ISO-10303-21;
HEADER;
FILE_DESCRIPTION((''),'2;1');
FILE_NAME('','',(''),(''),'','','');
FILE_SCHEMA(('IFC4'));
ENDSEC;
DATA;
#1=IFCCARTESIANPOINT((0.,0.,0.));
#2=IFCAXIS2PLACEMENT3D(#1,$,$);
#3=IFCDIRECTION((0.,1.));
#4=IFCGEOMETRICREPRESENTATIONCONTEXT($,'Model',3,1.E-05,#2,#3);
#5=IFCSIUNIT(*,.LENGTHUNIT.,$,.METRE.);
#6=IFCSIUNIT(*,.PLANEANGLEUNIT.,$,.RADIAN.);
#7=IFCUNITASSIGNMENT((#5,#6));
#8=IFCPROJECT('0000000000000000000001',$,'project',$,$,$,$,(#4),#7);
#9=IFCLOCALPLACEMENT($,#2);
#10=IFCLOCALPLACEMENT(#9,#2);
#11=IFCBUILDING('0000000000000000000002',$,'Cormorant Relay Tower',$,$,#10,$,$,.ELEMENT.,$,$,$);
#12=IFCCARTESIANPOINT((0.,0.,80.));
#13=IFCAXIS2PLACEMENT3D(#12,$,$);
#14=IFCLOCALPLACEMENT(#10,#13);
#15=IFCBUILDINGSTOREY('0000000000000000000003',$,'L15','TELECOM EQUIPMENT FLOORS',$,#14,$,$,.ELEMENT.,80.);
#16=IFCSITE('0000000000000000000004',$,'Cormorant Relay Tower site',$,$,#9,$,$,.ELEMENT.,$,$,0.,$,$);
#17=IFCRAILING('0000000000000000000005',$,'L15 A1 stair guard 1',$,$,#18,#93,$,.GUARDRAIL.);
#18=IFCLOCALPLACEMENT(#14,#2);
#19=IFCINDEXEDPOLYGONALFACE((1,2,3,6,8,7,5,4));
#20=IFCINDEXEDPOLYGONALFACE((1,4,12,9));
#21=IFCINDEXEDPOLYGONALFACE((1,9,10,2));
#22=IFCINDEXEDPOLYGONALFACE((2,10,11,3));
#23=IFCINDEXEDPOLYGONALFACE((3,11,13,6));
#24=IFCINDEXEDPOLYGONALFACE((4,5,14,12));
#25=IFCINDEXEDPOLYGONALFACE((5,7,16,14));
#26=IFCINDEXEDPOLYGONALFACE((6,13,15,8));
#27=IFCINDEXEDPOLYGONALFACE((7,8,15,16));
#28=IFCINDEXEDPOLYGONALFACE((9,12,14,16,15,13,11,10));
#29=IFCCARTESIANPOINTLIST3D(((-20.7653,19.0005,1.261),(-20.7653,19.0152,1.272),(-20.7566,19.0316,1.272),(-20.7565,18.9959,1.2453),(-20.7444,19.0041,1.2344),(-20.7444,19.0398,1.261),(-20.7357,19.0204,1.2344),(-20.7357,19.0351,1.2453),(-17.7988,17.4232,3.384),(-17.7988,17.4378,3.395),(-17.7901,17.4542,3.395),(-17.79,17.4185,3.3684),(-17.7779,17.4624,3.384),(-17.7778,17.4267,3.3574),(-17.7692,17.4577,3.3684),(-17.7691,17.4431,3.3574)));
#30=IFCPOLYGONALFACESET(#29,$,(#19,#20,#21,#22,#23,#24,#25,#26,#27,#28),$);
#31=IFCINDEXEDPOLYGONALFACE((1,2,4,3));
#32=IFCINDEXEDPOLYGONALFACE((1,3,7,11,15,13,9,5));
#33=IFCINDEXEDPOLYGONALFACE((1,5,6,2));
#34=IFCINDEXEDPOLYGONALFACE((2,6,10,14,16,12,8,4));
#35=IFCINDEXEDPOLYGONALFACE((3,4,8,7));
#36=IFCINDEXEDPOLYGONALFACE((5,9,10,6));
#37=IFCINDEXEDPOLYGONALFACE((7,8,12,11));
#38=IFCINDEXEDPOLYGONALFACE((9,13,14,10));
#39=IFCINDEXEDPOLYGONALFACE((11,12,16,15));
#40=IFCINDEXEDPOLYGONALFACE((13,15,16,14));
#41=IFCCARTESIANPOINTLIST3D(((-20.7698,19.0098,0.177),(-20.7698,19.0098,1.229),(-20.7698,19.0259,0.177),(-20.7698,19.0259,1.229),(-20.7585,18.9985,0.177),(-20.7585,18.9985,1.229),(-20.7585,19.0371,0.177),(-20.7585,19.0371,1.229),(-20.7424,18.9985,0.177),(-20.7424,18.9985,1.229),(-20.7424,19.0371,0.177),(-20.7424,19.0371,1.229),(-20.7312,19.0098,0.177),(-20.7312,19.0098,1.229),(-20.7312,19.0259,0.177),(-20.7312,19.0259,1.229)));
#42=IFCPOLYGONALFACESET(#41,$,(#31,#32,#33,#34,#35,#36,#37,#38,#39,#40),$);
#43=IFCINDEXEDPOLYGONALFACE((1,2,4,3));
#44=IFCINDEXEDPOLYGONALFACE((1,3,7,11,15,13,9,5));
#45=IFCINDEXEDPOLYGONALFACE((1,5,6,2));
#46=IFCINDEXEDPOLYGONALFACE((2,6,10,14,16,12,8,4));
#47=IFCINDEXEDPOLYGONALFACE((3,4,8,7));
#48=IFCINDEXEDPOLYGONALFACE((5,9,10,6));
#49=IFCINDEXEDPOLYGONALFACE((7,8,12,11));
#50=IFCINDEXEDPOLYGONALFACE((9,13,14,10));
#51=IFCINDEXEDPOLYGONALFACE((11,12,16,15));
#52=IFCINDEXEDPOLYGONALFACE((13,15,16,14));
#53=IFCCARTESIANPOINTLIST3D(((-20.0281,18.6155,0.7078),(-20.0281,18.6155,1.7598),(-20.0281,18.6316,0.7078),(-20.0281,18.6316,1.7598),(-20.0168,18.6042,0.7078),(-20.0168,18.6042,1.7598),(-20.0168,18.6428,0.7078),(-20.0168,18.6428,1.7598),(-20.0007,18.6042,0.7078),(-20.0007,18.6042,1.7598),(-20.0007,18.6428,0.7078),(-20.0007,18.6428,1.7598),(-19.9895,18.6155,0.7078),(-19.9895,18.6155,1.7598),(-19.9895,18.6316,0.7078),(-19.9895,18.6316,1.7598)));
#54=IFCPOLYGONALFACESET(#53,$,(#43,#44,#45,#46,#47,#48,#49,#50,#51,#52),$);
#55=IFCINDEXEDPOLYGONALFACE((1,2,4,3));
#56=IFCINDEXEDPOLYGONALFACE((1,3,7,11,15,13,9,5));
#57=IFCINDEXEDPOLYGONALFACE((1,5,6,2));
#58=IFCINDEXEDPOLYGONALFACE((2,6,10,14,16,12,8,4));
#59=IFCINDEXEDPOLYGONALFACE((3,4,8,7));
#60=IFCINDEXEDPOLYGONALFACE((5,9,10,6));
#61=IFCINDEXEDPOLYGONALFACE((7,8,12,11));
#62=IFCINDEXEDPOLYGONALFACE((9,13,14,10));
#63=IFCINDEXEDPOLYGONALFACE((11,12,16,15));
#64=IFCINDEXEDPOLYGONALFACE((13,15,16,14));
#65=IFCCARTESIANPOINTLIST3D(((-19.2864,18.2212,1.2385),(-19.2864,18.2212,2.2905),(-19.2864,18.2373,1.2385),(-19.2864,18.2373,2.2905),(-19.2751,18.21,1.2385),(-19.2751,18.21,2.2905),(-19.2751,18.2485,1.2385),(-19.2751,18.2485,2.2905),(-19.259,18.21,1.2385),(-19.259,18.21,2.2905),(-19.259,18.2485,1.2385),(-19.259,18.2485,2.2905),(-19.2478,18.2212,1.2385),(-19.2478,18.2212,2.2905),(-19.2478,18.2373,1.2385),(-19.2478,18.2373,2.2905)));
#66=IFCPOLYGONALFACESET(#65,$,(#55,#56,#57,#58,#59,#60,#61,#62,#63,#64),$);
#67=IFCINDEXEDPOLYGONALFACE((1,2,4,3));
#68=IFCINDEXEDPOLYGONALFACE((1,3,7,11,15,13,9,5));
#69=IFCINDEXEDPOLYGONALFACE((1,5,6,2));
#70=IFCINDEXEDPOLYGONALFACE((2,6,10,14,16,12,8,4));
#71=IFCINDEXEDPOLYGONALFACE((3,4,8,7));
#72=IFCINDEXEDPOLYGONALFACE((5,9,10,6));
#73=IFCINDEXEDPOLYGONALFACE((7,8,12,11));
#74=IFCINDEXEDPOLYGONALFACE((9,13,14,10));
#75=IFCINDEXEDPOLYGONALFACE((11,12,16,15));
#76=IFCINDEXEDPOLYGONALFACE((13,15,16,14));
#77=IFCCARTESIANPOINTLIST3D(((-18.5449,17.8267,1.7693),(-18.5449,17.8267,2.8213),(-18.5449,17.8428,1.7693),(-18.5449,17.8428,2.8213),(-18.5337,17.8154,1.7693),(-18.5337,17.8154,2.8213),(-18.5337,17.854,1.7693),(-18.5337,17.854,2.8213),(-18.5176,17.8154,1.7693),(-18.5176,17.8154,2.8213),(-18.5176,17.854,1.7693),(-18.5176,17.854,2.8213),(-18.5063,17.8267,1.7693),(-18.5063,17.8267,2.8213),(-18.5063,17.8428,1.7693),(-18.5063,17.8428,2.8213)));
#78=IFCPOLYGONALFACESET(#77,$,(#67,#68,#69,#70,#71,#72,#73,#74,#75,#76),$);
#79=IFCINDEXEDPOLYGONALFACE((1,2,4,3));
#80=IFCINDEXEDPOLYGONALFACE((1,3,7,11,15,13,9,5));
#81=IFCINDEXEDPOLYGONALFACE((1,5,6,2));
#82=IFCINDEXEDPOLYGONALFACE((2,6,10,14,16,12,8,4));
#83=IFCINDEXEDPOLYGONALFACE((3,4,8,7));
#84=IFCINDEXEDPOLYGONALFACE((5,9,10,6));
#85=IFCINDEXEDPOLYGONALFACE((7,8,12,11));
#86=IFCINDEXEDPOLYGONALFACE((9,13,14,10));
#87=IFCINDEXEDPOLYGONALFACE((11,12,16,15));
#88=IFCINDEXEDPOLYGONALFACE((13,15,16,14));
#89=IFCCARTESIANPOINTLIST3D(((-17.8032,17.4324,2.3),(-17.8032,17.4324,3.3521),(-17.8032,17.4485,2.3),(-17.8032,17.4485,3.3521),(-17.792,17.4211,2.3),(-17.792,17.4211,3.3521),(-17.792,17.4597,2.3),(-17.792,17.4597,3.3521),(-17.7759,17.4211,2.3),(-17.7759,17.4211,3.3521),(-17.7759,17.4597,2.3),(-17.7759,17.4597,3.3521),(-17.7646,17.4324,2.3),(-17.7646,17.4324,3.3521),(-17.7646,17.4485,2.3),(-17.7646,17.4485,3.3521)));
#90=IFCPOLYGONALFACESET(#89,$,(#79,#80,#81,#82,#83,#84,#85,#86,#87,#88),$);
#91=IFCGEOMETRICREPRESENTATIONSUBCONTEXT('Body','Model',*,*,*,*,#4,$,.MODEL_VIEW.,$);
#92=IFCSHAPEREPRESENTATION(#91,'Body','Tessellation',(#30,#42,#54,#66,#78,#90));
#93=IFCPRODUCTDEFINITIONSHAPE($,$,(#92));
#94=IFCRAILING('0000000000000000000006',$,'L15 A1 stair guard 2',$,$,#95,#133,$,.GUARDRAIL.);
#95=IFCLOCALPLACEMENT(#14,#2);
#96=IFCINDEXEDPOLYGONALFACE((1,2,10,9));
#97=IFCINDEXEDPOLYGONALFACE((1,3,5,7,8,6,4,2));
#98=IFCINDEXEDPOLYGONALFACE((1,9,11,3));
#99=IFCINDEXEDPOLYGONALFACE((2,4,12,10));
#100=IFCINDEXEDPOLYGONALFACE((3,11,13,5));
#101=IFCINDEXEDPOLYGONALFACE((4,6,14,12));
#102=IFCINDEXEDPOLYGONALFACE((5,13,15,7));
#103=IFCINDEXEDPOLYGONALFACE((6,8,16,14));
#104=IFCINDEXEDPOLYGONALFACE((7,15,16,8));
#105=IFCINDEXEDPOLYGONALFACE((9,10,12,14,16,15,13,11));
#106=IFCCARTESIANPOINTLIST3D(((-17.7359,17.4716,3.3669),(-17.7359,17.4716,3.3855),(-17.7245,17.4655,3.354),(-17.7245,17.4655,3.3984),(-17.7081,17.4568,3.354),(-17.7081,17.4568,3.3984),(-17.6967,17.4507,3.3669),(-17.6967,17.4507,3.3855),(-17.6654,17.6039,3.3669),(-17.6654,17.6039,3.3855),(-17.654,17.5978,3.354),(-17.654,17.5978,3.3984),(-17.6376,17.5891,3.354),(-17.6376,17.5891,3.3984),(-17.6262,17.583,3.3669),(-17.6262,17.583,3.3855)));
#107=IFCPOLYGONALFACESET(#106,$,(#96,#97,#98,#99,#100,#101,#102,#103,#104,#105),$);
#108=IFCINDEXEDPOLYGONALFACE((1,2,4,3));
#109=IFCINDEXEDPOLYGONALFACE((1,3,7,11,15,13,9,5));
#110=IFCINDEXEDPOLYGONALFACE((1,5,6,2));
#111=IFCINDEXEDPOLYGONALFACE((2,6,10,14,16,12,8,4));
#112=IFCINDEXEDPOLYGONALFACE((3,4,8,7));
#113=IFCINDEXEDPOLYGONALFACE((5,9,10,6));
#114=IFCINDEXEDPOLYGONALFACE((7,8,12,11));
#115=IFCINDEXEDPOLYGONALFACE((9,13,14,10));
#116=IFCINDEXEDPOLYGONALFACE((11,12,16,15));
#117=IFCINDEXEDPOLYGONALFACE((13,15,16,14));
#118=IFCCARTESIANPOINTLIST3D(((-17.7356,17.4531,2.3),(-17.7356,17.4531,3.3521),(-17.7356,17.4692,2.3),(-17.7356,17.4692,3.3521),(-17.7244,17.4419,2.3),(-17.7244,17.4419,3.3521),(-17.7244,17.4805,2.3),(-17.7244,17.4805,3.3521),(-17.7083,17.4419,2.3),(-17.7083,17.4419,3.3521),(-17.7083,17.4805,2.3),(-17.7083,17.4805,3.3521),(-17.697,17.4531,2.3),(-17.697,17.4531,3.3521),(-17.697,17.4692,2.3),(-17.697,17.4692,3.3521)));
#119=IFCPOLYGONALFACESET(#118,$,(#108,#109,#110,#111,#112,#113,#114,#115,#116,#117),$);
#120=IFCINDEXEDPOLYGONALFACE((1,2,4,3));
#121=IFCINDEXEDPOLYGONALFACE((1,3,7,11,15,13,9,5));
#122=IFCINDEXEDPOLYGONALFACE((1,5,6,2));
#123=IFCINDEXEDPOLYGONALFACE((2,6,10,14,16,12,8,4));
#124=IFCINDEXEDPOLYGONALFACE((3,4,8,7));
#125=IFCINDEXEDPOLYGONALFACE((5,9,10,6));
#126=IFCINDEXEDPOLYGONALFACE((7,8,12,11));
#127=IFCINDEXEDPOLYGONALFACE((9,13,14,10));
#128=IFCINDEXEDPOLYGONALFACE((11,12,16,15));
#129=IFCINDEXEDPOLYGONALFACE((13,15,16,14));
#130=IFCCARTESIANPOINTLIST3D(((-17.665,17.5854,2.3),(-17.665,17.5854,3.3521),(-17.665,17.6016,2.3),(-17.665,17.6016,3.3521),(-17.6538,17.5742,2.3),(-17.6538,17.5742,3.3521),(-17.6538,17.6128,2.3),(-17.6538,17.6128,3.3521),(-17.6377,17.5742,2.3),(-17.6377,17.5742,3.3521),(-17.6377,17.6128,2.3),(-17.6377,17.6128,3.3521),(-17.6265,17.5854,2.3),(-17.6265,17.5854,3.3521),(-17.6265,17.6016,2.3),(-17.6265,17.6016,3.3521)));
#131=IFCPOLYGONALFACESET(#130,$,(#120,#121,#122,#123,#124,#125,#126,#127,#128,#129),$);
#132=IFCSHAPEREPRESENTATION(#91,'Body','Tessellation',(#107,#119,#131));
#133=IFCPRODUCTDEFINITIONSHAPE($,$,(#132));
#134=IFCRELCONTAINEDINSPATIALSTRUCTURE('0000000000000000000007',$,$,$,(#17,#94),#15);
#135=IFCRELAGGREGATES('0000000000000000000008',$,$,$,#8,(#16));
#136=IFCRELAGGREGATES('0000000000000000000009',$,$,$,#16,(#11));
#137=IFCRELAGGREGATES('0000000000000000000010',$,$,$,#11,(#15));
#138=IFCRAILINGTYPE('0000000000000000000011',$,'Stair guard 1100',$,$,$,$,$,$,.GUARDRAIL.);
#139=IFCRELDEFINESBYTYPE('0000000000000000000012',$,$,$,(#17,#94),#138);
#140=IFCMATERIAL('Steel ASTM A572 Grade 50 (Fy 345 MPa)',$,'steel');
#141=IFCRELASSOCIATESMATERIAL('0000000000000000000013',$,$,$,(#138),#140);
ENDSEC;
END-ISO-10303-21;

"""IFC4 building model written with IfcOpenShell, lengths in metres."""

from ifc_helpers import new_model, si_unit, direction, frame, origin, place, context, subcontext, project, spatial, polyline, outline, extrude, material, type_object, element, save


model = new_model("IFC4")

# Units and contexts
model_context = context("Model", 3, precision=1e-05, world=origin(), true_north=direction((0.0, 1.0)))
body_context = subcontext(model_context, "Body", "Model", "MODEL_VIEW")
ifc_project = project(units=[si_unit("LENGTHUNIT", "METRE"), si_unit("PLANEANGLEUNIT", "RADIAN")], contexts=[model_context])

# Site, building, storey
site_placement = place(None, origin())
site = spatial("IfcSite", under=ifc_project, at=site_placement, Name="Cormorant Relay Tower site", CompositionType="ELEMENT", RefElevation=0.0)
building_placement = place(site_placement, origin())
building = spatial("IfcBuilding", under=site, at=building_placement, Name="Cormorant Relay Tower", CompositionType="ELEMENT")
storey_placement = place(building_placement, frame((0.0, 0.0, 80.0)))
storey = spatial("IfcBuildingStorey", under=building, at=storey_placement, Name="L15", Description="TELECOM EQUIPMENT FLOORS", CompositionType="ELEMENT", Elevation=80.0)

# Railings
ifc_material_1 = material(Name="Steel ASTM A572 Grade 50 (Fy 345 MPa)", Category="steel")
railing_type_1 = type_object("IfcRailingType", Name="Stair guard 1100", PredefinedType="GUARDRAIL", material=ifc_material_1)
railing_1_placement = place(storey_placement, frame((-20.7505, 19.0178, 0.177)))
element("IfcRailing", 1, at=railing_1_placement, inside=storey, type_object=railing_type_1, Name="L15 A1 stair guard 1", PredefinedType="GUARDRAIL", context=body_context, shape_type="SweptSolid", body=[
    extrude(outline(polyline([(0.0222, 0.0093), (0.0093, 0.0222), (-0.0093, 0.0222), (-0.0222, 0.0093), (-0.0222, -0.0093), (-0.0093, -0.0222), (0.0093, -0.0222), (0.0222, -0.0093), (0.0222, 0.0093)])), frame((0.0, 0.0, 1.0762), z_axis=(0.746413, -0.396887, 0.534179), x_axis=(0.469483, 0.882942, 0.0)), (0.0, 0.0, 1.0), 3.9744),
    extrude(outline(polyline([(0.0193, 0.0081), (0.0081, 0.0193), (-0.0081, 0.0193), (-0.0193, 0.0081), (-0.0193, -0.0081), (-0.0081, -0.0193), (0.0081, -0.0193), (0.0193, -0.0081), (0.0193, 0.0081)])), origin(), (0.0, 0.0, 1.0), 1.052),
    extrude(outline(polyline([(0.0193, 0.0081), (0.0081, 0.0193), (-0.0081, 0.0193), (-0.0193, 0.0081), (-0.0193, -0.0081), (-0.0081, -0.0193), (0.0081, -0.0193), (0.0193, -0.0081), (0.0193, 0.0081)])), frame((0.7417, -0.3943, 0.5308)), (0.0, 0.0, 1.0), 1.052),
    extrude(outline(polyline([(0.0193, 0.0081), (0.0081, 0.0193), (-0.0081, 0.0193), (-0.0193, 0.0081), (-0.0193, -0.0081), (-0.0081, -0.0193), (0.0081, -0.0193), (0.0193, -0.0081), (0.0193, 0.0081)])), frame((1.4834, -0.7886, 1.0615)), (0.0, 0.0, 1.0), 1.052),
    extrude(outline(polyline([(0.0193, 0.0081), (0.0081, 0.0193), (-0.0081, 0.0193), (-0.0193, 0.0081), (-0.0193, -0.0081), (-0.0081, -0.0193), (0.0081, -0.0193), (0.0193, -0.0081), (0.0193, 0.0081)])), frame((2.2249, -1.1831, 1.5923)), (0.0, 0.0, 1.0), 1.052),
    extrude(outline(polyline([(0.0193, 0.0081), (0.0081, 0.0193), (-0.0081, 0.0193), (-0.0193, 0.0081), (-0.0193, -0.0081), (-0.0081, -0.0193), (0.0081, -0.0193), (0.0193, -0.0081), (0.0193, 0.0081)])), frame((2.9666, -1.5774, 2.123)), (0.0, 0.0, 1.0), 1.052),
])
railing_2_placement = place(storey_placement, frame((-17.7163, 17.4612, 2.3)))
element("IfcRailing", 2, at=railing_2_placement, inside=storey, type_object=railing_type_1, Name="L15 A1 stair guard 2", PredefinedType="GUARDRAIL", context=body_context, shape_type="SweptSolid", body=[
    extrude(outline(polyline([(0.0222, 0.0093), (0.0093, 0.0222), (-0.0093, 0.0222), (-0.0222, 0.0093), (-0.0222, -0.0093), (-0.0093, -0.0222), (0.0093, -0.0222), (0.0222, -0.0093), (0.0222, 0.0093)])), frame((0.0, 0.0, 1.0762), z_axis=(0.470504, 0.882398, 0.0), x_axis=(-0.882398, 0.470504, 0.0)), (0.0, 0.0, 1.0), 0.1499),
    extrude(outline(polyline([(0.0193, 0.0081), (0.0081, 0.0193), (-0.0081, 0.0193), (-0.0193, 0.0081), (-0.0193, -0.0081), (-0.0081, -0.0193), (0.0081, -0.0193), (0.0193, -0.0081), (0.0193, 0.0081)])), origin(), (0.0, 0.0, 1.0), 1.052),
    extrude(outline(polyline([(0.0193, 0.0081), (0.0081, 0.0193), (-0.0081, 0.0193), (-0.0193, 0.0081), (-0.0193, -0.0081), (-0.0081, -0.0193), (0.0081, -0.0193), (0.0193, -0.0081), (0.0193, 0.0081)])), frame((0.0706, 0.1323, 0.0)), (0.0, 0.0, 1.0), 1.052),
])

save(model, "model.ifc")
